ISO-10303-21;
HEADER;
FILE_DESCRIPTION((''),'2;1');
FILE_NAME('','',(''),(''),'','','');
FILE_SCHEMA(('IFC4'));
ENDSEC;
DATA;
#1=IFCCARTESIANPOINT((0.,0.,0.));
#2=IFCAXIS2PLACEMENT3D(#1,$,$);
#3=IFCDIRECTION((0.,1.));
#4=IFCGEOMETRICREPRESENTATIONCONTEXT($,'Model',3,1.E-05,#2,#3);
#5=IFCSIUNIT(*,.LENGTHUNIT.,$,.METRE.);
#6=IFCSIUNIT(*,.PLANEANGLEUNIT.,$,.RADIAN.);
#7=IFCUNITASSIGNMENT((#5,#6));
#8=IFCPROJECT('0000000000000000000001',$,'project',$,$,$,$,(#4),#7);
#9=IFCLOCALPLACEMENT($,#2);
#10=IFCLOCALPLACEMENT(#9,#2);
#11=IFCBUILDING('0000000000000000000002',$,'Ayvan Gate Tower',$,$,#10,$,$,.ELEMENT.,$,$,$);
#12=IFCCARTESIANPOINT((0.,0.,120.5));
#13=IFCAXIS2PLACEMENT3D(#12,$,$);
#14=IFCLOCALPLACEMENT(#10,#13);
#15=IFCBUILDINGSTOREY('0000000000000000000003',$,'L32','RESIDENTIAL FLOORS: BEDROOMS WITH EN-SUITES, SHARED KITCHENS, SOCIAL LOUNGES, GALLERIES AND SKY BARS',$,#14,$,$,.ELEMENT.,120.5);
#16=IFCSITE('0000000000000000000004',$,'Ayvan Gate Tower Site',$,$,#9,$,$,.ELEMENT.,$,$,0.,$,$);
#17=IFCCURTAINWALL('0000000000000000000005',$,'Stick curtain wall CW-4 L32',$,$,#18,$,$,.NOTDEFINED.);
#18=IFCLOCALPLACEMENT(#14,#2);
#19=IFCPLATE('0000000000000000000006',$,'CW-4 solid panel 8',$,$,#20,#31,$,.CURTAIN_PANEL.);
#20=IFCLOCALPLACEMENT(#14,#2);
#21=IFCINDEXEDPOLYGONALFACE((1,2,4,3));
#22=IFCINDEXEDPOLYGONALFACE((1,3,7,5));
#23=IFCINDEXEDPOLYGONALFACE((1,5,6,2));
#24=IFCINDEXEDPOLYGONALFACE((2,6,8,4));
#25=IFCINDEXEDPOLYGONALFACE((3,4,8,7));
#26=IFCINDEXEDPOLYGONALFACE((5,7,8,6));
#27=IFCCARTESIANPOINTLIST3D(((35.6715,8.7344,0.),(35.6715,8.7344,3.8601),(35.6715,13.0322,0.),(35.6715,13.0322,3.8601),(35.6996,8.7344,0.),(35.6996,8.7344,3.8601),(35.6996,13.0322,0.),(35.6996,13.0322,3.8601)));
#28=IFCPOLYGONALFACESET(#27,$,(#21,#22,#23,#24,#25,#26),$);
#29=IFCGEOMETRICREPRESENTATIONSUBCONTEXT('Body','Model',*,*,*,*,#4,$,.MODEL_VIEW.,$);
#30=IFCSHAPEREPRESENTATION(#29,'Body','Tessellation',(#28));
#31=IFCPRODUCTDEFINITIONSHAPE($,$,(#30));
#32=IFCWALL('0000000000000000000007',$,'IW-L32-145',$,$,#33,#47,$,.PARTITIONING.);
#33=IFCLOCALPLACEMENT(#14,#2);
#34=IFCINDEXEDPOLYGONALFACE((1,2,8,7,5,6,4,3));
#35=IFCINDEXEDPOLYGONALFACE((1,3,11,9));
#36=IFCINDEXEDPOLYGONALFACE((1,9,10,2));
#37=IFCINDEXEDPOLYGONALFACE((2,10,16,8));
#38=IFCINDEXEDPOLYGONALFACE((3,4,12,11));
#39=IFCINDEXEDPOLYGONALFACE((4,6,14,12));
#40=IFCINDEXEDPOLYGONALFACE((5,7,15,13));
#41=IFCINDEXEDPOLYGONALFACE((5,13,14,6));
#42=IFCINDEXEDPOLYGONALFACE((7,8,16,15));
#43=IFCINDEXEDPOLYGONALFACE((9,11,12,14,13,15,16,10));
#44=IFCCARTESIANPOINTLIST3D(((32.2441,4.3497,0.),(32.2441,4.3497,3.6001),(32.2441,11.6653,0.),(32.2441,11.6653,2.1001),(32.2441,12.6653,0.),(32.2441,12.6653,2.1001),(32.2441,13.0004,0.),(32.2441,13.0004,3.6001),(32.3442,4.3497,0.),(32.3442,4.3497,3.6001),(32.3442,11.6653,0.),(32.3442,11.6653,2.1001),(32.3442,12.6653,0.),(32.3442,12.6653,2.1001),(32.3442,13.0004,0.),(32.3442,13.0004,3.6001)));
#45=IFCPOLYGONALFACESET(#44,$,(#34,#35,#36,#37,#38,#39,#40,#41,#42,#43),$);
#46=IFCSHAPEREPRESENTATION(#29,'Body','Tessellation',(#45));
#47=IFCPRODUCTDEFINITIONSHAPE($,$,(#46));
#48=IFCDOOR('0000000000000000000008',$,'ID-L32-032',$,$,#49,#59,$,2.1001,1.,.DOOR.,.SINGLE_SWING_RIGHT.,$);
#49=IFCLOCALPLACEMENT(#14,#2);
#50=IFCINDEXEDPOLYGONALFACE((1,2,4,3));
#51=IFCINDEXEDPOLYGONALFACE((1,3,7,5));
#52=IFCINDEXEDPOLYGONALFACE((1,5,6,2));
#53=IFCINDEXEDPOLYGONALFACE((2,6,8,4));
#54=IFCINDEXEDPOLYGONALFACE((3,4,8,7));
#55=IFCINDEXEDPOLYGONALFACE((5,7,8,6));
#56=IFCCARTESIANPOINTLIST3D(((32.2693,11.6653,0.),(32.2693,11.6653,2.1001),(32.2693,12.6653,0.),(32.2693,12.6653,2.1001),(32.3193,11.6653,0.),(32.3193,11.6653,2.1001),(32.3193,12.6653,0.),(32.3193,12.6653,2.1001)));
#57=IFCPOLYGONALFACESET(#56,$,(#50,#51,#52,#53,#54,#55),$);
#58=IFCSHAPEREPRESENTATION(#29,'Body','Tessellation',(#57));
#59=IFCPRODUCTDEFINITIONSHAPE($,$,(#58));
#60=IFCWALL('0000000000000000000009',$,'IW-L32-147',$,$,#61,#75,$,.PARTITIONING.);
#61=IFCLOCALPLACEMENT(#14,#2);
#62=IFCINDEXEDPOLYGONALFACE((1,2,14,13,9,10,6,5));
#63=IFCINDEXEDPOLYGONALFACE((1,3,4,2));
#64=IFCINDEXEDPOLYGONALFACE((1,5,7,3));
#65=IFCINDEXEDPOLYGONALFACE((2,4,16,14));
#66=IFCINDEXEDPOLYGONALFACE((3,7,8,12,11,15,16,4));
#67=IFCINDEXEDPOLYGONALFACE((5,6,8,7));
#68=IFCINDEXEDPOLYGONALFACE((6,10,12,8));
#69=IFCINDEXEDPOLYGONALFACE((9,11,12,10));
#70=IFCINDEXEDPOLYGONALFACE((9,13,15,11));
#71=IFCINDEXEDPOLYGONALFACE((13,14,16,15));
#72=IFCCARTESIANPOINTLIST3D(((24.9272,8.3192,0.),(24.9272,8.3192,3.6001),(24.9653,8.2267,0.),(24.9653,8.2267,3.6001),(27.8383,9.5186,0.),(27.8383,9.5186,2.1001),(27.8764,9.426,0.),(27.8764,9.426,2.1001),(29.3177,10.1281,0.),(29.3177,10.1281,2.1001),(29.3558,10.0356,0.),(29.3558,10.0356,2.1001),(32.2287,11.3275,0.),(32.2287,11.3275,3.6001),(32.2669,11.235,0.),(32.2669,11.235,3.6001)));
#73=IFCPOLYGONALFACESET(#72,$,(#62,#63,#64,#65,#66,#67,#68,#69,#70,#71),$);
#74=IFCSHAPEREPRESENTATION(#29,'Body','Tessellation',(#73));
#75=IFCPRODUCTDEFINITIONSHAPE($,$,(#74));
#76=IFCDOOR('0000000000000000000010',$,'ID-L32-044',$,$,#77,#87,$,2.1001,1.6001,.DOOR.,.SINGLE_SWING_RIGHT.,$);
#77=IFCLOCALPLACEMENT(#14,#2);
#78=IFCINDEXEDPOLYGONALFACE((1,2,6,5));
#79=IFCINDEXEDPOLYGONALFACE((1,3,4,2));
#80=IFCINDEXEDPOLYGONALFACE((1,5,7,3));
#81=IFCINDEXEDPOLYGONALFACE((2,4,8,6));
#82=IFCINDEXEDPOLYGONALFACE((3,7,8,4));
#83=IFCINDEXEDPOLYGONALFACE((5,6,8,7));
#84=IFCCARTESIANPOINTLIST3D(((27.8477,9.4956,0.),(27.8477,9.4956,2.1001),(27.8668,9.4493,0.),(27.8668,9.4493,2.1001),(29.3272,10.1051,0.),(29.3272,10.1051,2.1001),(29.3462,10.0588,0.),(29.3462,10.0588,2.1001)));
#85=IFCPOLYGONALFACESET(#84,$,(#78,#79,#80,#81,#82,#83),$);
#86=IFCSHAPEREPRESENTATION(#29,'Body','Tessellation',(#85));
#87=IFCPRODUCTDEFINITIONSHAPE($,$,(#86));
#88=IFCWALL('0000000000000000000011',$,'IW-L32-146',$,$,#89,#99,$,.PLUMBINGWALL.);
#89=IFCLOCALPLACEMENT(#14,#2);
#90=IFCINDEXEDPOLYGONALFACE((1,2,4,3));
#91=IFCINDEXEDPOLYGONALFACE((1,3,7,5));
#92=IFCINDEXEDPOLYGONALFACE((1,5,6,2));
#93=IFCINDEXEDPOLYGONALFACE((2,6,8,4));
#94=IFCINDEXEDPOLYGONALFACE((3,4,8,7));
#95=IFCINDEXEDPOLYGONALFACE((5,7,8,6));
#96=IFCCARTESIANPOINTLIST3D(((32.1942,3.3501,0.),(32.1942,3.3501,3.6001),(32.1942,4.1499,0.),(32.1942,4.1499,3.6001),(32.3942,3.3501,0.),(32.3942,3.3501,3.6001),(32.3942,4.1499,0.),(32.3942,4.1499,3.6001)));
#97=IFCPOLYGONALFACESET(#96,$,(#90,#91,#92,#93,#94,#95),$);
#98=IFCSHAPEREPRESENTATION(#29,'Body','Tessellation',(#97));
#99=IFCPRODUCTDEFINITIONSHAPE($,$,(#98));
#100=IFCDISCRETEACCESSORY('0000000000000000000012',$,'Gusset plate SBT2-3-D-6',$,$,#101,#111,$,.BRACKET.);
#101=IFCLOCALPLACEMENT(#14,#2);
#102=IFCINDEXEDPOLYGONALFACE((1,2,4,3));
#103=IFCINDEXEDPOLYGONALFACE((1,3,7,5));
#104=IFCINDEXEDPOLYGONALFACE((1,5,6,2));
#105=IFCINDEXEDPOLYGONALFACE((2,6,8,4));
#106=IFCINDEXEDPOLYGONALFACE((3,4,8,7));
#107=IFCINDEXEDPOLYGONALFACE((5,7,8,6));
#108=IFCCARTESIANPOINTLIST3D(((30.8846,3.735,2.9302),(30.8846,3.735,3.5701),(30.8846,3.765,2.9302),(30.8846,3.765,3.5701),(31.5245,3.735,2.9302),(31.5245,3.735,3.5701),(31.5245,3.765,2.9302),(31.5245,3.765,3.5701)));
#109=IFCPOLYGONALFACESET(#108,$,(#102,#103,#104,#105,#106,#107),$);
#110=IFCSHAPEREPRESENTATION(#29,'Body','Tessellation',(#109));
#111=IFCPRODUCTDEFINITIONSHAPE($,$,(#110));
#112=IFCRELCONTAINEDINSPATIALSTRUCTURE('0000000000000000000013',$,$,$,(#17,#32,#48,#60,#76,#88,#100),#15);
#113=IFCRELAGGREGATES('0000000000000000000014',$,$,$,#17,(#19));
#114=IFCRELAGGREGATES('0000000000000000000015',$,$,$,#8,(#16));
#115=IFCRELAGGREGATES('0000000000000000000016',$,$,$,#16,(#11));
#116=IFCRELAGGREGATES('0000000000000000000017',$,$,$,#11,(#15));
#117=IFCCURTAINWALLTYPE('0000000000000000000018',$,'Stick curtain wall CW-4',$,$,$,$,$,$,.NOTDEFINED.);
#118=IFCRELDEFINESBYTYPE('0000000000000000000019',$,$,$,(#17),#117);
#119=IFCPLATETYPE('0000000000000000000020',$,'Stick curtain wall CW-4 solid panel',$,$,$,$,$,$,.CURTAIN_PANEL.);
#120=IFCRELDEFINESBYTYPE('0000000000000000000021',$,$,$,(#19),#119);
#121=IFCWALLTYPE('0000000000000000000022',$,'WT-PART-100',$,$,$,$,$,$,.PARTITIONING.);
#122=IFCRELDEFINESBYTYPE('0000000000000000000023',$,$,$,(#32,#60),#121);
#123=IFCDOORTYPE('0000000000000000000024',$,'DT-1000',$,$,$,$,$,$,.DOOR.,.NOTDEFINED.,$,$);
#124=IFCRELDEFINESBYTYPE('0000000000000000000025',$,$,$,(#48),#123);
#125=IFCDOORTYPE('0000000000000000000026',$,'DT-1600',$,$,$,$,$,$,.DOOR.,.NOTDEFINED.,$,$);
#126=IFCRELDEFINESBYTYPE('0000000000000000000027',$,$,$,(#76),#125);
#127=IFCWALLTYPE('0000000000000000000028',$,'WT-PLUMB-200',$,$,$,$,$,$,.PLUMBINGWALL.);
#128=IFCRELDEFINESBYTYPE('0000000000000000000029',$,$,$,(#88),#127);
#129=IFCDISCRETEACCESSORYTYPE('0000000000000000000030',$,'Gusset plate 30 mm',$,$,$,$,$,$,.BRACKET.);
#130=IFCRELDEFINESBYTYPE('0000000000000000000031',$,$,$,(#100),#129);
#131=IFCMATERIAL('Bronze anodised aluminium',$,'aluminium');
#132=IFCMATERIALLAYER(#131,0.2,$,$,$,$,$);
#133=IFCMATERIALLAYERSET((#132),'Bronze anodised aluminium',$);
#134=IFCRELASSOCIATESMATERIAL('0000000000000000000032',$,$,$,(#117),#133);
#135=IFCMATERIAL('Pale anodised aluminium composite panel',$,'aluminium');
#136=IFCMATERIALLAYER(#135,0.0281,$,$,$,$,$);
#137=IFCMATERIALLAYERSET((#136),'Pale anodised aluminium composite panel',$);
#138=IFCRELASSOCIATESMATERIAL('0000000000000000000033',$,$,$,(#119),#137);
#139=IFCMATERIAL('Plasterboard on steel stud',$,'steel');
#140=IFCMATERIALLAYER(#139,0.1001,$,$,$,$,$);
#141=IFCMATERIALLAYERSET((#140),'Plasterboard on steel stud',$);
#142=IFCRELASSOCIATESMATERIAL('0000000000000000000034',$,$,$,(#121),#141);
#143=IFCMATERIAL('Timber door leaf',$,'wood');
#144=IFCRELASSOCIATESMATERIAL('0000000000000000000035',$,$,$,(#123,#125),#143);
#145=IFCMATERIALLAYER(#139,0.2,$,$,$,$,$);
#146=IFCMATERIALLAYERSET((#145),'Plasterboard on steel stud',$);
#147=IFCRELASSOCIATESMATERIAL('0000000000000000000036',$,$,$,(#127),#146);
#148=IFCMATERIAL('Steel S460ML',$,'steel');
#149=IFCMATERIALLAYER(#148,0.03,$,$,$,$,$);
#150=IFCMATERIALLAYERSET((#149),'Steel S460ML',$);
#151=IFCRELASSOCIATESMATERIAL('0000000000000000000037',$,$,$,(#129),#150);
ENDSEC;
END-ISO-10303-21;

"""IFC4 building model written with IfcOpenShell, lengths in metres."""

from ifc_helpers import new_model, si_unit, direction, frame, frame_2d, origin, origin_2d, place, context, subcontext, project, spatial, rectangle, extrude, material, layer, layer_set, type_object, element, fill, aggregate, save


model = new_model("IFC4")

# Units and contexts
model_context = context("Model", 3, precision=1e-05, world=origin(), true_north=direction((0.0, 1.0)))
body_context = subcontext(model_context, "Body", "Model", "MODEL_VIEW")
ifc_project = project(units=[si_unit("LENGTHUNIT", "METRE"), si_unit("PLANEANGLEUNIT", "RADIAN")], contexts=[model_context])

# Site, building, storey
site_placement = place(None, origin())
site = spatial("IfcSite", under=ifc_project, at=site_placement, Name="Ayvan Gate Tower Site", CompositionType="ELEMENT", RefElevation=0.0)
building_placement = place(site_placement, origin())
building = spatial("IfcBuilding", under=site, at=building_placement, Name="Ayvan Gate Tower", CompositionType="ELEMENT")
storey_placement = place(building_placement, frame((0.0, 0.0, 120.5)))
storey = spatial("IfcBuildingStorey", under=building, at=storey_placement, Name="L32", Description="RESIDENTIAL FLOORS: BEDROOMS WITH EN-SUITES, SHARED KITCHENS, SOCIAL LOUNGES, GALLERIES AND SKY BARS", CompositionType="ELEMENT", Elevation=120.5)

# Shared definitions
ifc_material_1 = material(Name="Steel S460ML", Category="steel")

# Curtain wall, plate
ifc_material_2 = material(Name="Bronze anodised aluminium", Category="aluminium")
ifc_layer_1 = layer(ifc_material_2, 0.2)
ifc_layer_set_1 = layer_set([ifc_layer_1], Name="Bronze anodised aluminium")
curtain_wall_type = type_object("IfcCurtainWallType", Name="Stick curtain wall CW-4", PredefinedType="NOTDEFINED", material=ifc_layer_set_1)
curtain_wall_placement = place(storey_placement, origin())
curtain_wall = element("IfcCurtainWall", 1, at=curtain_wall_placement, inside=storey, type_object=curtain_wall_type, Name="Stick curtain wall CW-4 L32", PredefinedType="NOTDEFINED")
ifc_material_3 = material(Name="Pale anodised aluminium composite panel", Category="aluminium")
ifc_layer_2 = layer(ifc_material_3, 0.0281)
ifc_layer_set_2 = layer_set([ifc_layer_2], Name="Pale anodised aluminium composite panel")
plate_type = type_object("IfcPlateType", Name="Stick curtain wall CW-4 solid panel", PredefinedType="CURTAIN_PANEL", material=ifc_layer_set_2)
plate_1_placement = place(storey_placement, frame((35.6855, 10.8833, 0.0), z_axis=(0.0, 0.0, 1.0), x_axis=(0.0, 1.0, 0.0)))
plate_1 = element("IfcPlate", 2, at=plate_1_placement, type_object=plate_type, Name="CW-4 solid panel 8", PredefinedType="CURTAIN_PANEL", context=body_context, shape_type="SweptSolid", body=[
    extrude(rectangle(XDim=4.2979, YDim=0.0281, at=origin_2d()), origin(), (0.0, 0.0, 1.0), 3.8601),
])
aggregate(curtain_wall, [plate_1])

# Walls, openings, doors
ifc_material_4 = material(Name="Plasterboard on steel stud", Category="steel")
ifc_layer_3 = layer(ifc_material_4, 0.1001)
ifc_layer_set_3 = layer_set([ifc_layer_3], Name="Plasterboard on steel stud")
wall_type_1 = type_object("IfcWallType", Name="WT-PART-100", PredefinedType="PARTITIONING", material=ifc_layer_set_3)
wall_1_placement = place(storey_placement, frame((32.2942, 4.3499, 0.0), z_axis=(0.0, 0.0, 1.0), x_axis=(0.0, 1.0, 0.0)))
wall_1 = element("IfcWall", 3, at=wall_1_placement, inside=storey, type_object=wall_type_1, Name="IW-L32-145", PredefinedType="PARTITIONING", context=body_context, shape_type="SweptSolid", body=[
    extrude(rectangle(XDim=8.6506, YDim=0.1001, at=frame_2d((4.3252, 0.0))), origin(), (0.0, 0.0, 1.0), 3.6001),
])
opening_1_placement = place(wall_1_placement, frame((7.3154, 0.0, 0.0)))
opening_1 = element("IfcOpeningElement", 4, at=opening_1_placement, cuts=wall_1, PredefinedType="OPENING", context=body_context, shape_type="SweptSolid", body=[
    extrude(rectangle(XDim=1.0, YDim=2.1001, at=frame_2d((0.5, 1.05))), frame((0.0, 0.0601, 0.0), z_axis=(0.0, -1.0, 0.0), x_axis=(1.0, 0.0, 0.0)), (0.0, 0.0, 1.0), 0.1201),
])
ifc_material_5 = material(Name="Timber door leaf", Category="wood")
door_type_1 = type_object("IfcDoorType", Name="DT-1000", OperationType="NOTDEFINED", PredefinedType="DOOR", material=ifc_material_5)
door_1_placement = place(opening_1_placement, origin())
door_1 = element("IfcDoor", 5, at=door_1_placement, inside=storey, type_object=door_type_1, Name="ID-L32-032", OperationType="SINGLE_SWING_RIGHT", OverallHeight=2.1001, OverallWidth=1.0, PredefinedType="DOOR", context=body_context, shape_type="SweptSolid", body=[
    extrude(rectangle(XDim=1.0, YDim=2.1001, at=frame_2d((0.5, 1.05))), frame((0.0, 0.0249, 0.0), z_axis=(0.0, -1.0, 0.0), x_axis=(1.0, 0.0, 0.0)), (0.0, 0.0, 1.0), 0.05),
])
fill(opening_1, door_1)
wall_2_placement = place(storey_placement, frame((32.2478, 11.2812, 0.0), z_axis=(0.0, 0.0, 1.0), x_axis=(-0.924598, -0.380944, 0.0)))
wall_2 = element("IfcWall", 6, at=wall_2_placement, inside=storey, type_object=wall_type_1, Name="IW-L32-147", PredefinedType="PARTITIONING", context=body_context, shape_type="SweptSolid", body=[
    extrude(rectangle(XDim=7.897, YDim=0.1001, at=frame_2d((3.9485, 0.0))), origin(), (0.0, 0.0, 1.0), 3.6001),
])
opening_2_placement = place(wall_2_placement, frame((3.1484, 0.0, 0.0)))
opening_2 = element("IfcOpeningElement", 7, at=opening_2_placement, cuts=wall_2, PredefinedType="OPENING", context=body_context, shape_type="SweptSolid", body=[
    extrude(rectangle(XDim=1.6001, YDim=2.1001, at=frame_2d((0.8, 1.05))), frame((0.0, 0.0601, 0.0), z_axis=(0.0, -1.0, 0.0), x_axis=(1.0, 0.0, 0.0)), (0.0, 0.0, 1.0), 0.1201),
])
door_type_2 = type_object("IfcDoorType", Name="DT-1600", OperationType="NOTDEFINED", PredefinedType="DOOR", material=ifc_material_5)
door_2_placement = place(opening_2_placement, origin())
door_2 = element("IfcDoor", 8, at=door_2_placement, inside=storey, type_object=door_type_2, Name="ID-L32-044", OperationType="SINGLE_SWING_RIGHT", OverallHeight=2.1001, OverallWidth=1.6001, PredefinedType="DOOR", context=body_context, shape_type="SweptSolid", body=[
    extrude(rectangle(XDim=1.6001, YDim=2.1001, at=frame_2d((0.8, 1.05))), frame((0.0, 0.0249, 0.0), z_axis=(0.0, -1.0, 0.0), x_axis=(1.0, 0.0, 0.0)), (0.0, 0.0, 1.0), 0.05),
])
fill(opening_2, door_2)

# Wall
ifc_layer_4 = layer(ifc_material_4, 0.2)
ifc_layer_set_4 = layer_set([ifc_layer_4], Name="Plasterboard on steel stud")
wall_type_2 = type_object("IfcWallType", Name="WT-PLUMB-200", PredefinedType="PLUMBINGWALL", material=ifc_layer_set_4)
wall_3_placement = place(storey_placement, frame((32.2942, 4.1499, 0.0), z_axis=(0.0, 0.0, 1.0), x_axis=(0.0, -1.0, 0.0)))
element("IfcWall", 9, at=wall_3_placement, inside=storey, type_object=wall_type_2, Name="IW-L32-146", PredefinedType="PLUMBINGWALL", context=body_context, shape_type="SweptSolid", body=[
    extrude(rectangle(XDim=0.7998, YDim=0.2, at=frame_2d((0.3999, 0.0))), origin(), (0.0, 0.0, 1.0), 3.6001),
])

# Discrete accessory
ifc_layer_5 = layer(ifc_material_1, 0.03)
ifc_layer_set_5 = layer_set([ifc_layer_5], Name="Steel S460ML")
discrete_accessory_type = type_object("IfcDiscreteAccessoryType", Name="Gusset plate 30 mm", PredefinedType="BRACKET", material=ifc_layer_set_5)
discrete_accessory_placement = place(storey_placement, frame((31.2046, 3.75, 2.9302), z_axis=(0.0, 0.0, 1.0), x_axis=(1.0, 0.0, 0.0)))
element("IfcDiscreteAccessory", 10, at=discrete_accessory_placement, inside=storey, type_object=discrete_accessory_type, Name="Gusset plate SBT2-3-D-6", PredefinedType="BRACKET", context=body_context, shape_type="SweptSolid", body=[
    extrude(rectangle(XDim=0.6399, YDim=0.03, at=origin_2d()), origin(), (0.0, 0.0, 1.0), 0.6399),
])

save(model, "model.ifc")
